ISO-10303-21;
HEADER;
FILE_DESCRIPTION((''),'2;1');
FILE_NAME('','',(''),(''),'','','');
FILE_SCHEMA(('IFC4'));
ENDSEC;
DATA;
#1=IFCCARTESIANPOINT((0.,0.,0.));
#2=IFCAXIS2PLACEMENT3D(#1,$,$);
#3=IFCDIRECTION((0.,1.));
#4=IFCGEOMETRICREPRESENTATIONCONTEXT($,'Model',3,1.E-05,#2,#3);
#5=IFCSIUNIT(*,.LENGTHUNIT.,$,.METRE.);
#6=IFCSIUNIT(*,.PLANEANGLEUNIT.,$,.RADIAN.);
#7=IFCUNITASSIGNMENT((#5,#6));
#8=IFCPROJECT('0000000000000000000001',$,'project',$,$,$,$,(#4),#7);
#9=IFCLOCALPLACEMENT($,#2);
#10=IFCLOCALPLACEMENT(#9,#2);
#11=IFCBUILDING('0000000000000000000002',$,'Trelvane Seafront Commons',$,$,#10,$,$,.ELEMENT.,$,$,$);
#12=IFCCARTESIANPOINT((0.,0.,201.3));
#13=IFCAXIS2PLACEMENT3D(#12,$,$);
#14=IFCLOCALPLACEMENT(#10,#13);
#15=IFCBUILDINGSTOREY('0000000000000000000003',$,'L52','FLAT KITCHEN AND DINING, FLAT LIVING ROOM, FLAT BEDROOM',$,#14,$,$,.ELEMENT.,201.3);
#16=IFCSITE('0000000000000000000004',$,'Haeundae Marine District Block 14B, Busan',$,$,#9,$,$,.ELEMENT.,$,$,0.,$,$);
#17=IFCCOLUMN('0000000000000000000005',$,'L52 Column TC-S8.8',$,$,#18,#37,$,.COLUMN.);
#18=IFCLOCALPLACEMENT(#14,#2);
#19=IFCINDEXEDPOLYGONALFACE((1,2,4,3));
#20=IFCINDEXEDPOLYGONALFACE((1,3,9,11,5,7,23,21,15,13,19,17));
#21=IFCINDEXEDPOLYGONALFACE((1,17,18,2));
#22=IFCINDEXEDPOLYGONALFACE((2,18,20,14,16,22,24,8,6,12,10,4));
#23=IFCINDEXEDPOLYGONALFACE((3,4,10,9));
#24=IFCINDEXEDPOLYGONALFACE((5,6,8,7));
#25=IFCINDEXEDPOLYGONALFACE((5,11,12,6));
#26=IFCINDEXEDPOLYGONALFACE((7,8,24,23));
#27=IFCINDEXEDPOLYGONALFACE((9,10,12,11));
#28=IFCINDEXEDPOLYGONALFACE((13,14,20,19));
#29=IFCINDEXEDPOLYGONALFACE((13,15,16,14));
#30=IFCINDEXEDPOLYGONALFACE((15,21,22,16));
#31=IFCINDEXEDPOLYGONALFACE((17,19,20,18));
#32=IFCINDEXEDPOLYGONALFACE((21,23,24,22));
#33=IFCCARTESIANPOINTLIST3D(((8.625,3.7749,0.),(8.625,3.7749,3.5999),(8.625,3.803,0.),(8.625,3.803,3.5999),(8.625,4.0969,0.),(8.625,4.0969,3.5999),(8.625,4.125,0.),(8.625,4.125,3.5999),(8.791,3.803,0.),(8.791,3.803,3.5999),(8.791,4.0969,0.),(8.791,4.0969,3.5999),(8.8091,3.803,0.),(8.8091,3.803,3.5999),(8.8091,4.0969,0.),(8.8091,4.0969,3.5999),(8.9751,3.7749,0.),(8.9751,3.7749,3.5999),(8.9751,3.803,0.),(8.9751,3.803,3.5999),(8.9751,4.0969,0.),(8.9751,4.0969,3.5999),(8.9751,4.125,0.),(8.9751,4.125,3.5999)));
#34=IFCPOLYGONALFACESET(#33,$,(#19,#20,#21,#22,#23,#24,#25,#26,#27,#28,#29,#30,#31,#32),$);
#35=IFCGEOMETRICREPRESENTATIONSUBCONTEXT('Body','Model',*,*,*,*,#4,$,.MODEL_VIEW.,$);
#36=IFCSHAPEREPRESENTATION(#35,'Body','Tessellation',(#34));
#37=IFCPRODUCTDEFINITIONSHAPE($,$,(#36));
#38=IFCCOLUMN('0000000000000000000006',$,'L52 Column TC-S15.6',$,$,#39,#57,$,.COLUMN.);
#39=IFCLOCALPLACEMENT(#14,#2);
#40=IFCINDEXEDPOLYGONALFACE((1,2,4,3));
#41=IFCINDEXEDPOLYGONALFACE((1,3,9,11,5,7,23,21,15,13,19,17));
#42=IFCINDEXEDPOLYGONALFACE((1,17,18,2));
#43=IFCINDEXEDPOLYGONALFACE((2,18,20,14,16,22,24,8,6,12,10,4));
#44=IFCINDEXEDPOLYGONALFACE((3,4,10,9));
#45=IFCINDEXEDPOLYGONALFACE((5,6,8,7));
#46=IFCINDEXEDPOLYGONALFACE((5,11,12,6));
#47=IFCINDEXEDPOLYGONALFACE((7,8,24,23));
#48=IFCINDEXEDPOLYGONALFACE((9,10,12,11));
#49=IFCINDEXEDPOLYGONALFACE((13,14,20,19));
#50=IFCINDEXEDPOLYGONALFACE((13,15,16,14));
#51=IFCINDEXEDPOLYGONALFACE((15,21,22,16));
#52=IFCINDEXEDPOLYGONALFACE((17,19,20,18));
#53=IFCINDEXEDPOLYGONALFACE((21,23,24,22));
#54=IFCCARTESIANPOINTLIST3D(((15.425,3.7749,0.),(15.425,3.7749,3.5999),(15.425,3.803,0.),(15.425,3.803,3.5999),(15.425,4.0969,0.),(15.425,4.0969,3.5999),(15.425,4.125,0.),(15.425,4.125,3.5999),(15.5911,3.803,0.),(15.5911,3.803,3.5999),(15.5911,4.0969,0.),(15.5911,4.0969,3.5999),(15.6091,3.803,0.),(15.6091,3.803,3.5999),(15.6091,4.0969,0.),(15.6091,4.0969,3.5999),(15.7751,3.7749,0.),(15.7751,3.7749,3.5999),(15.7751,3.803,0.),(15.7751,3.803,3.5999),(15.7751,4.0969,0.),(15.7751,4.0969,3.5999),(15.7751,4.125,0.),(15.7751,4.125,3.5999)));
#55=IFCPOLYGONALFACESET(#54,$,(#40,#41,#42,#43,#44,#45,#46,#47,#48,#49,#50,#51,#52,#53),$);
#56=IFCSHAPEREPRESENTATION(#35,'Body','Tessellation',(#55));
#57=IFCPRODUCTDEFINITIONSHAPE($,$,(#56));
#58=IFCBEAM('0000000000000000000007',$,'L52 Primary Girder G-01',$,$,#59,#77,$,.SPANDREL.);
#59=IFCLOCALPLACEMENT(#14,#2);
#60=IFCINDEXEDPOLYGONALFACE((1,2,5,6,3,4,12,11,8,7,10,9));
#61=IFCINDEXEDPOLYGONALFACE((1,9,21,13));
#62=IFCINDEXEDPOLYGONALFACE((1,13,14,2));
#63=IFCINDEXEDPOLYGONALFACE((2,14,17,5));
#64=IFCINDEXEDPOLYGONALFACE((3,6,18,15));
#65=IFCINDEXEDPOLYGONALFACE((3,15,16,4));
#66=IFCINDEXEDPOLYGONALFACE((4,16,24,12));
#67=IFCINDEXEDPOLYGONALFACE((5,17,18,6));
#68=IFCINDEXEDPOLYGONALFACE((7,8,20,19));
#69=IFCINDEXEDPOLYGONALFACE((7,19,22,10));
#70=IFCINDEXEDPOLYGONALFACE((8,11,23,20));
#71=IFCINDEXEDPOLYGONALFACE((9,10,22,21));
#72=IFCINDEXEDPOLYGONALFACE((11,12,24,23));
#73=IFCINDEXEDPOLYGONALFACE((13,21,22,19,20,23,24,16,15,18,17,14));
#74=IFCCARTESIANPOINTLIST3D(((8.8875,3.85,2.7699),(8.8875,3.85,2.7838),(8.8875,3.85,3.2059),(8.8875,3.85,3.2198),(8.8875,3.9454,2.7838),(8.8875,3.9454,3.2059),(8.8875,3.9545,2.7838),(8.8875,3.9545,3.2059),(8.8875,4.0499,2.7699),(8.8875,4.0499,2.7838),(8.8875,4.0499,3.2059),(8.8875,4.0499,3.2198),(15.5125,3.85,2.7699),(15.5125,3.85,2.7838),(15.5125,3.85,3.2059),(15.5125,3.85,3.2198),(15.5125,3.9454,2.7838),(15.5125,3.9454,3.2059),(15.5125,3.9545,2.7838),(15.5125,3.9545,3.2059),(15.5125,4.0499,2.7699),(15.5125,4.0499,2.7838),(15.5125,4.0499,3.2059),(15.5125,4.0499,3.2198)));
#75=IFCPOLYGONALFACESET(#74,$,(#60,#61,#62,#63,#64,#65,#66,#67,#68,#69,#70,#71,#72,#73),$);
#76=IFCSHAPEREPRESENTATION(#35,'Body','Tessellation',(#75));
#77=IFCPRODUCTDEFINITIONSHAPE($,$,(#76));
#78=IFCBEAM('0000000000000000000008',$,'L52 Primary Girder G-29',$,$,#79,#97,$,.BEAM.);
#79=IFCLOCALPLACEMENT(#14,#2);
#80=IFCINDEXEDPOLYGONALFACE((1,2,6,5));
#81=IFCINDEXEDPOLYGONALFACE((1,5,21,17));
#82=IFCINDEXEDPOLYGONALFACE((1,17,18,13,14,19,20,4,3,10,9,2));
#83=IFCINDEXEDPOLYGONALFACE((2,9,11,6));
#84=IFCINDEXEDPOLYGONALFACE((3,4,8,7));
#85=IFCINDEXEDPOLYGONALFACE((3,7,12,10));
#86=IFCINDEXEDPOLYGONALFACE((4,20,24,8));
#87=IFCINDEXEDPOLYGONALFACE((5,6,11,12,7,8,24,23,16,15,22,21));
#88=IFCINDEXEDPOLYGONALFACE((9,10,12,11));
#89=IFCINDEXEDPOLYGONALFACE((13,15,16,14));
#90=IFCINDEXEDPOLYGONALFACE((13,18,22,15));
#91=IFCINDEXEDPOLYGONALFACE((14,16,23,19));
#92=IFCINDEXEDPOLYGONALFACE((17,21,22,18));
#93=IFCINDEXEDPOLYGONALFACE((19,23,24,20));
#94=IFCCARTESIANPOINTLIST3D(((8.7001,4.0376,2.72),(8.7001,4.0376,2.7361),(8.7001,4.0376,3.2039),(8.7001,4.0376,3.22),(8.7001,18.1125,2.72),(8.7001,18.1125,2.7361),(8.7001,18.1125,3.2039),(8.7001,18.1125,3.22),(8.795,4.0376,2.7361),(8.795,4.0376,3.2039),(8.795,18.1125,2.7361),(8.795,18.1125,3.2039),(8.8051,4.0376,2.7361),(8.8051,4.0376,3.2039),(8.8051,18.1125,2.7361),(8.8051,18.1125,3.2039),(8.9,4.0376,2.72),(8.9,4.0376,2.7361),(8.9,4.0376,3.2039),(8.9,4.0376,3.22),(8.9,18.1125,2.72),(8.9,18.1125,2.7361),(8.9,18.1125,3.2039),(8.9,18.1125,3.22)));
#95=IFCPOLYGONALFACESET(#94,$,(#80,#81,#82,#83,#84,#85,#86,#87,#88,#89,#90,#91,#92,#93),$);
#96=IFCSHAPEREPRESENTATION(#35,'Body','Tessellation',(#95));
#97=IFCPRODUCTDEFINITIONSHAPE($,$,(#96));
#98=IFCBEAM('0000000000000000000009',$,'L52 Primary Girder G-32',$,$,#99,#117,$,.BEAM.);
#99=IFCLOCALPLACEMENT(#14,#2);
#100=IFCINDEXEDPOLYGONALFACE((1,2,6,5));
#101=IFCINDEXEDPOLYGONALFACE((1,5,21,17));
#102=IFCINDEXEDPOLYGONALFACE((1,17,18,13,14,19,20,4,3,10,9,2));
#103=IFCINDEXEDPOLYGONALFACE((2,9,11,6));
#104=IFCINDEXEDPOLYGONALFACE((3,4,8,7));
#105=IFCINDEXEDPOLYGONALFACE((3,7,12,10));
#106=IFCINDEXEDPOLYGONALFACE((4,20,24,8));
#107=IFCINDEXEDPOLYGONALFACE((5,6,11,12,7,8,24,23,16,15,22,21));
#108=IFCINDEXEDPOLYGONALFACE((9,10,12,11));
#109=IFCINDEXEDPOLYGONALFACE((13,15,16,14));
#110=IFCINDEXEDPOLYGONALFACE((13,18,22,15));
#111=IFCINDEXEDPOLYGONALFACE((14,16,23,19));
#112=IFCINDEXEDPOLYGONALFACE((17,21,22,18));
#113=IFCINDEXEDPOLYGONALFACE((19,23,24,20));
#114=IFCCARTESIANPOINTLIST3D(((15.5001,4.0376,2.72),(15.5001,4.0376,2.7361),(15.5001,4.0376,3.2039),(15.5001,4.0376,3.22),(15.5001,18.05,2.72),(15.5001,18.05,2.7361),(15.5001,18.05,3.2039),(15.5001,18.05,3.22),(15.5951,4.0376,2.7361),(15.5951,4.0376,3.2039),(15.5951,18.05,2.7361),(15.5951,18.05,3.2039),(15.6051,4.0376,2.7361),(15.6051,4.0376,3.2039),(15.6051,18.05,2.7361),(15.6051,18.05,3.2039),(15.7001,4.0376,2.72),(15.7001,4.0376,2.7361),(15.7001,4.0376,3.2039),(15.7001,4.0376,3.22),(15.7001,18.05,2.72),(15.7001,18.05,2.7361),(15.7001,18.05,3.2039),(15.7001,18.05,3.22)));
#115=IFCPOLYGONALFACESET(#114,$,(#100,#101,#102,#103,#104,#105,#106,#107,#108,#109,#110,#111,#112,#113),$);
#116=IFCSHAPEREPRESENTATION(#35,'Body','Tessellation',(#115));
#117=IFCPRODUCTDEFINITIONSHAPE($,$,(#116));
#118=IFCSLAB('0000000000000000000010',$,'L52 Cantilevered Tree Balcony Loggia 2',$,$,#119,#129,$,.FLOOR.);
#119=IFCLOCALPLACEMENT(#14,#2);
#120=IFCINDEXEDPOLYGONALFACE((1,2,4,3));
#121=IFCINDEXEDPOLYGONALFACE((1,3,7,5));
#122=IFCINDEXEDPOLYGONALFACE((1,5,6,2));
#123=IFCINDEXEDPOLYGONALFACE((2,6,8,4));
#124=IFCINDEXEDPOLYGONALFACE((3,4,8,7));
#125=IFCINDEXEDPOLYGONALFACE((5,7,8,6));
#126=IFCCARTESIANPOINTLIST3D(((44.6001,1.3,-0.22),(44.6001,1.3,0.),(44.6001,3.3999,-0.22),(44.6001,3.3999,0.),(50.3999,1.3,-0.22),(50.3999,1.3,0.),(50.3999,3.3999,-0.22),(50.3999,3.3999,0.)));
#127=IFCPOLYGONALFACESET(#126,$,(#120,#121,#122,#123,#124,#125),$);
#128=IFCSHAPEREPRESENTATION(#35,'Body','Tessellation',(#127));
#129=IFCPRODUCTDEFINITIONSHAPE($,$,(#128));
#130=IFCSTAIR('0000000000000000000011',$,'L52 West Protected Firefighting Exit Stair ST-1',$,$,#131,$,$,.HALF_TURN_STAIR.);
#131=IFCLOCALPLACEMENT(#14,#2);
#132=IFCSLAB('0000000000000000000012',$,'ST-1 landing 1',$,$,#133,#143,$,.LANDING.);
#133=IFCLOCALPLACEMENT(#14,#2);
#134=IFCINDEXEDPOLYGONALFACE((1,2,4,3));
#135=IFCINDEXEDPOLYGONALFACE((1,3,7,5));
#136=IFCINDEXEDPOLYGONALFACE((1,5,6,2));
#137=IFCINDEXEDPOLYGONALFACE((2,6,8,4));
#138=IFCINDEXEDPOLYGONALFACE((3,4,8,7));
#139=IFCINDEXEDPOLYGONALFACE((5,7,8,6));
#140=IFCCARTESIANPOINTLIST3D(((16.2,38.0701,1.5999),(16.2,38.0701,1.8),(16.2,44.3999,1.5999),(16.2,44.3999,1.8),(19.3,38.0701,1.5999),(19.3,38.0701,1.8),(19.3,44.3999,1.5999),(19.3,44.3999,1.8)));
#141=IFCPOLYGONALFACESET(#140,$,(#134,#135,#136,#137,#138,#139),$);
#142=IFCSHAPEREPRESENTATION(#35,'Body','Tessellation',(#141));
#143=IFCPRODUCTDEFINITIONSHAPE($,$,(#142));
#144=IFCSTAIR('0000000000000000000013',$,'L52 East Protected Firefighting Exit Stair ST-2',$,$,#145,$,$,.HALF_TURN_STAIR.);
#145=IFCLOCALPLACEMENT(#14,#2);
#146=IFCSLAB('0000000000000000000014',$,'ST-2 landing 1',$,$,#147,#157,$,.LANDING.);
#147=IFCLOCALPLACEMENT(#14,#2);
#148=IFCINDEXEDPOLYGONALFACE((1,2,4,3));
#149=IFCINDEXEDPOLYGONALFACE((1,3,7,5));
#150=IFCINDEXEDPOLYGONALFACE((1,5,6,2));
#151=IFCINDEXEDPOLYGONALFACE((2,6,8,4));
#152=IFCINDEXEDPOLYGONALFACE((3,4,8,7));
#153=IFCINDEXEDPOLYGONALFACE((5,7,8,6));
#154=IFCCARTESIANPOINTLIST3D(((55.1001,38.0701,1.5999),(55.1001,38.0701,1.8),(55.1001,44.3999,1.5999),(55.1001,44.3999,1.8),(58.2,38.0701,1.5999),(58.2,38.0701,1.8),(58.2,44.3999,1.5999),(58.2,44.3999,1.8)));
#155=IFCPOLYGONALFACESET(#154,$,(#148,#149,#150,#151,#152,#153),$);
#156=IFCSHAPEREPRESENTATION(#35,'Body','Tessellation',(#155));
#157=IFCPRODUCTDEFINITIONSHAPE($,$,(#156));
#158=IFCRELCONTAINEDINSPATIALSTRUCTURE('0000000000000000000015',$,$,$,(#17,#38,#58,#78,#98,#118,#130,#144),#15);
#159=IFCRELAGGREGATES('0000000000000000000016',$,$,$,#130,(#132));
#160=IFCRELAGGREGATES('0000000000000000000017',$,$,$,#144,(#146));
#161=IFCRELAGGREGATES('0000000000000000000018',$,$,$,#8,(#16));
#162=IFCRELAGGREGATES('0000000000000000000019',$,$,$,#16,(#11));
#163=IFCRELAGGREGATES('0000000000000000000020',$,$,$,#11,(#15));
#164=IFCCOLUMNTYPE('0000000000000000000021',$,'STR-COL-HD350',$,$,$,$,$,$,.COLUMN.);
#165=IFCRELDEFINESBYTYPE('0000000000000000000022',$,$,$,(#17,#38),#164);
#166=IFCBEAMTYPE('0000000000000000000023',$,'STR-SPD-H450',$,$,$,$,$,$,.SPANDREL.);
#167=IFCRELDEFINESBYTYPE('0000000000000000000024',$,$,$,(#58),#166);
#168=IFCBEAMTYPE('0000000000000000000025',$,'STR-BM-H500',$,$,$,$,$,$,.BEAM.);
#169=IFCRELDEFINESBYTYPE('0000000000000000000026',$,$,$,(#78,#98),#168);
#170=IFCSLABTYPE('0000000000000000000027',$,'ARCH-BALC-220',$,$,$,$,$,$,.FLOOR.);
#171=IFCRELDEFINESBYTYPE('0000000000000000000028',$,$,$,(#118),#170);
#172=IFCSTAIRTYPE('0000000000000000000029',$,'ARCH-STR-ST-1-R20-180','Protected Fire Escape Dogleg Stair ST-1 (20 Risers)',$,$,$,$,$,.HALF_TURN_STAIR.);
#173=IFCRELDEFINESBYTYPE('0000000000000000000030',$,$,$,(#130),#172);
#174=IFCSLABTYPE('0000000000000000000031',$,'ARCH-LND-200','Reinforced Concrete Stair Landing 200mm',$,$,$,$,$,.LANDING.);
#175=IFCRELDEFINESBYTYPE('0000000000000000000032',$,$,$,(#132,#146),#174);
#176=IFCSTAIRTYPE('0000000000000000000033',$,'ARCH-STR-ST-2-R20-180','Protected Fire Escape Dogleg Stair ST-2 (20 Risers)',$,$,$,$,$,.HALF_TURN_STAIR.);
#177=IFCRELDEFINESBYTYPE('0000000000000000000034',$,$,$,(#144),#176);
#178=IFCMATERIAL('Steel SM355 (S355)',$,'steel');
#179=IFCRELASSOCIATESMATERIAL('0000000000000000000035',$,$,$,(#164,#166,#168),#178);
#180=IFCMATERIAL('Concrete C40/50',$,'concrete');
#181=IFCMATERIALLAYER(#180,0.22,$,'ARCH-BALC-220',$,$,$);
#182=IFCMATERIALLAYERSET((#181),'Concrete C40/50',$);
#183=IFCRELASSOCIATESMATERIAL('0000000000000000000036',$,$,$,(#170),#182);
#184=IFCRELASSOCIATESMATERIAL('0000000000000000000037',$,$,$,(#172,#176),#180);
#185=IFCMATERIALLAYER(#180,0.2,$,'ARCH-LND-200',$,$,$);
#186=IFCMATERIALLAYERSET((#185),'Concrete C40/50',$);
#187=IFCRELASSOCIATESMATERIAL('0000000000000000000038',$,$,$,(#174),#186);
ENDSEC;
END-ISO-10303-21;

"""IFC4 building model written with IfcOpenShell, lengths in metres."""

from ifc_helpers import new_model, si_unit, direction, frame, origin, origin_2d, place, context, subcontext, project, spatial, polyline, i_section, outline, extrude, source, transform, mapped, material, layer, layer_set, material_profile, profile_set, type_object, element, aggregate, save


model = new_model("IFC4")

# Units and contexts
model_context = context("Model", 3, precision=1e-05, world=origin(), true_north=direction((0.0, 1.0)))
body_context = subcontext(model_context, "Body", "Model", "MODEL_VIEW")
ifc_project = project(units=[si_unit("LENGTHUNIT", "METRE"), si_unit("PLANEANGLEUNIT", "RADIAN")], contexts=[model_context])

# Site, building, storey
site_placement = place(None, origin())
site = spatial("IfcSite", under=ifc_project, at=site_placement, Name="Haeundae Marine District Block 14B, Busan", CompositionType="ELEMENT", RefElevation=0.0)
building_placement = place(site_placement, origin())
building = spatial("IfcBuilding", under=site, at=building_placement, Name="Trelvane Seafront Commons", CompositionType="ELEMENT")
storey_placement = place(building_placement, frame((0.0, 0.0, 201.3)))
storey = spatial("IfcBuildingStorey", under=building, at=storey_placement, Name="L52", Description="FLAT KITCHEN AND DINING, FLAT LIVING ROOM, FLAT BEDROOM", CompositionType="ELEMENT", Elevation=201.3)

# Columns
ifc_material_1 = material(Name="Steel SM355 (S355)", Category="steel")
ifc_material_profile_1 = material_profile(ifc_material_1, i_section(OverallWidth=0.3501, OverallDepth=0.3501, WebThickness=0.0181, FlangeThickness=0.0281, at=origin_2d()), Name="HD-350x350x18x28")
ifc_profile_set_1 = profile_set([ifc_material_profile_1], Name="Steel SM355 (S355)")
column_type = type_object("IfcColumnType", Name="STR-COL-HD350", PredefinedType="COLUMN", material=ifc_profile_set_1)
shared_shape_1 = source(origin(), body_context, "Body", "SweptSolid", [
    extrude(i_section(OverallWidth=0.3501, OverallDepth=0.3501, WebThickness=0.0181, FlangeThickness=0.0281, at=origin_2d()), origin(), (0.0, 0.0, 1.0), 3.5999),
])
for number, where, z_axis, x_axis, name in (
    (1, (8.8, 3.95, 0.0), (0.0, 0.0, 1.0), (1.0, 0.0, 0.0), "L52 Column TC-S8.8"),
    (2, (15.6001, 3.95, 0.0), (0.0, 0.0, 1.0), (1.0, 0.0, 0.0), "L52 Column TC-S15.6"),
):
    element("IfcColumn", number, at=place(storey_placement, frame(where, z_axis=z_axis, x_axis=x_axis)), inside=storey, type_object=column_type, Name=name, PredefinedType="COLUMN", context=body_context, shape_type="MappedRepresentation", body=[
        mapped(shared_shape_1, transform((0.0, 0.0, 0.0), x_axis=(1.0, 0.0, 0.0), y_axis=(0.0, 1.0, 0.0), z_axis=(0.0, 0.0, 1.0), scale=1.0)),
    ])

# Beams
ifc_material_profile_2 = material_profile(ifc_material_1, i_section(OverallWidth=0.2, OverallDepth=0.45, WebThickness=0.009, FlangeThickness=0.0139, at=origin_2d()), Name="H-450x200x9x14")
ifc_profile_set_2 = profile_set([ifc_material_profile_2], Name="Steel SM355 (S355)")
beam_type_1 = type_object("IfcBeamType", Name="STR-SPD-H450", PredefinedType="SPANDREL", material=ifc_profile_set_2)
shared_shape_2 = source(origin(), body_context, "Body", "SweptSolid", [
    extrude(i_section(OverallWidth=0.2, OverallDepth=0.45, WebThickness=0.009, FlangeThickness=0.0139, at=origin_2d()), origin(), (0.0, 0.0, 1.0), 6.625),
])
beam_1_placement = place(storey_placement, frame((8.8875, 3.95, 2.9949), z_axis=(1.0, 0.0, 0.0), x_axis=(0.0, 1.0, 0.0)))
element("IfcBeam", 3, at=beam_1_placement, inside=storey, type_object=beam_type_1, Name="L52 Primary Girder G-01", PredefinedType="SPANDREL", context=body_context, shape_type="MappedRepresentation", body=[
    mapped(shared_shape_2, transform((0.0, 0.0, 0.0), x_axis=(1.0, 0.0, 0.0), y_axis=(0.0, 1.0, 0.0), z_axis=(0.0, 0.0, 1.0), scale=1.0)),
])
ifc_material_profile_3 = material_profile(ifc_material_1, i_section(OverallWidth=0.2, OverallDepth=0.5, WebThickness=0.01, FlangeThickness=0.0161, at=origin_2d()), Name="H-500x200x10x16")
ifc_profile_set_3 = profile_set([ifc_material_profile_3], Name="Steel SM355 (S355)")
beam_type_2 = type_object("IfcBeamType", Name="STR-BM-H500", PredefinedType="BEAM", material=ifc_profile_set_3)
shared_shape_3 = source(origin(), body_context, "Body", "SweptSolid", [
    extrude(i_section(OverallWidth=0.2, OverallDepth=0.5, WebThickness=0.01, FlangeThickness=0.0161, at=origin_2d()), origin(), (0.0, 0.0, 1.0), 14.075),
])
beam_2_placement = place(storey_placement, frame((8.8, 4.0376, 2.97), z_axis=(0.0, 1.0, 0.0), x_axis=(-1.0, 0.0, 0.0)))
element("IfcBeam", 4, at=beam_2_placement, inside=storey, type_object=beam_type_2, Name="L52 Primary Girder G-29", PredefinedType="BEAM", context=body_context, shape_type="MappedRepresentation", body=[
    mapped(shared_shape_3, transform((0.0, 0.0, 0.0), x_axis=(1.0, 0.0, 0.0), y_axis=(0.0, 1.0, 0.0), z_axis=(0.0, 0.0, 1.0), scale=1.0)),
])
shared_shape_4 = source(origin(), body_context, "Body", "SweptSolid", [
    extrude(i_section(OverallWidth=0.2, OverallDepth=0.5, WebThickness=0.01, FlangeThickness=0.0161, at=origin_2d()), origin(), (0.0, 0.0, 1.0), 14.0125),
])
beam_3_placement = place(storey_placement, frame((15.6001, 4.0376, 2.97), z_axis=(0.0, 1.0, 0.0), x_axis=(-1.0, 0.0, 0.0)))
element("IfcBeam", 5, at=beam_3_placement, inside=storey, type_object=beam_type_2, Name="L52 Primary Girder G-32", PredefinedType="BEAM", context=body_context, shape_type="MappedRepresentation", body=[
    mapped(shared_shape_4, transform((0.0, 0.0, 0.0), x_axis=(1.0, 0.0, 0.0), y_axis=(0.0, 1.0, 0.0), z_axis=(0.0, 0.0, 1.0), scale=1.0)),
])

# Slab
ifc_material_2 = material(Name="Concrete C40/50", Category="concrete")
ifc_layer_1 = layer(ifc_material_2, 0.22, Name="ARCH-BALC-220")
ifc_layer_set_1 = layer_set([ifc_layer_1], Name="Concrete C40/50")
slab_type_1 = type_object("IfcSlabType", Name="ARCH-BALC-220", PredefinedType="FLOOR", material=ifc_layer_set_1)
slab_1_placement = place(storey_placement, frame((0.0, 0.0, -0.22)))
element("IfcSlab", 6, at=slab_1_placement, inside=storey, type_object=slab_type_1, Name="L52 Cantilevered Tree Balcony Loggia 2", PredefinedType="FLOOR", context=body_context, shape_type="SweptSolid", body=[
    extrude(outline(polyline([(44.6001, 1.3), (50.3999, 1.3), (50.3999, 3.3999), (44.6001, 3.3999), (44.6001, 1.3)])), origin(), (0.0, 0.0, 1.0), 0.22),
])

# Stairs, slabs
stair_type_1 = type_object("IfcStairType", Name="ARCH-STR-ST-1-R20-180", Description="Protected Fire Escape Dogleg Stair ST-1 (20 Risers)", PredefinedType="HALF_TURN_STAIR", material=ifc_material_2)
stair_1_placement = place(storey_placement, origin())
stair_1 = element("IfcStair", 7, at=stair_1_placement, inside=storey, type_object=stair_type_1, Name="L52 West Protected Firefighting Exit Stair ST-1", PredefinedType="HALF_TURN_STAIR")
ifc_layer_2 = layer(ifc_material_2, 0.2, Name="ARCH-LND-200")
ifc_layer_set_2 = layer_set([ifc_layer_2], Name="Concrete C40/50")
slab_type_2 = type_object("IfcSlabType", Name="ARCH-LND-200", Description="Reinforced Concrete Stair Landing 200mm", PredefinedType="LANDING", material=ifc_layer_set_2)
slab_2_placement = place(storey_placement, frame((0.0, 0.0, 1.5999)))
slab_2 = element("IfcSlab", 8, at=slab_2_placement, type_object=slab_type_2, Name="ST-1 landing 1", PredefinedType="LANDING", context=body_context, shape_type="SweptSolid", body=[
    extrude(outline(polyline([(19.3, 38.0701), (19.3, 44.3999), (16.2, 44.3999), (16.2, 38.0701), (19.3, 38.0701)])), origin(), (0.0, 0.0, 1.0), 0.2002),
])
aggregate(stair_1, [slab_2])
stair_type_2 = type_object("IfcStairType", Name="ARCH-STR-ST-2-R20-180", Description="Protected Fire Escape Dogleg Stair ST-2 (20 Risers)", PredefinedType="HALF_TURN_STAIR", material=ifc_material_2)
stair_2_placement = place(storey_placement, origin())
stair_2 = element("IfcStair", 9, at=stair_2_placement, inside=storey, type_object=stair_type_2, Name="L52 East Protected Firefighting Exit Stair ST-2", PredefinedType="HALF_TURN_STAIR")
slab_3_placement = place(storey_placement, frame((0.0, 0.0, 1.5999)))
slab_3 = element("IfcSlab", 10, at=slab_3_placement, type_object=slab_type_2, Name="ST-2 landing 1", PredefinedType="LANDING", context=body_context, shape_type="SweptSolid", body=[
    extrude(outline(polyline([(58.2, 38.0701), (58.2, 44.3999), (55.1001, 44.3999), (55.1001, 38.0701), (58.2, 38.0701)])), origin(), (0.0, 0.0, 1.0), 0.2002),
])
aggregate(stair_2, [slab_3])

save(model, "model.ifc")
